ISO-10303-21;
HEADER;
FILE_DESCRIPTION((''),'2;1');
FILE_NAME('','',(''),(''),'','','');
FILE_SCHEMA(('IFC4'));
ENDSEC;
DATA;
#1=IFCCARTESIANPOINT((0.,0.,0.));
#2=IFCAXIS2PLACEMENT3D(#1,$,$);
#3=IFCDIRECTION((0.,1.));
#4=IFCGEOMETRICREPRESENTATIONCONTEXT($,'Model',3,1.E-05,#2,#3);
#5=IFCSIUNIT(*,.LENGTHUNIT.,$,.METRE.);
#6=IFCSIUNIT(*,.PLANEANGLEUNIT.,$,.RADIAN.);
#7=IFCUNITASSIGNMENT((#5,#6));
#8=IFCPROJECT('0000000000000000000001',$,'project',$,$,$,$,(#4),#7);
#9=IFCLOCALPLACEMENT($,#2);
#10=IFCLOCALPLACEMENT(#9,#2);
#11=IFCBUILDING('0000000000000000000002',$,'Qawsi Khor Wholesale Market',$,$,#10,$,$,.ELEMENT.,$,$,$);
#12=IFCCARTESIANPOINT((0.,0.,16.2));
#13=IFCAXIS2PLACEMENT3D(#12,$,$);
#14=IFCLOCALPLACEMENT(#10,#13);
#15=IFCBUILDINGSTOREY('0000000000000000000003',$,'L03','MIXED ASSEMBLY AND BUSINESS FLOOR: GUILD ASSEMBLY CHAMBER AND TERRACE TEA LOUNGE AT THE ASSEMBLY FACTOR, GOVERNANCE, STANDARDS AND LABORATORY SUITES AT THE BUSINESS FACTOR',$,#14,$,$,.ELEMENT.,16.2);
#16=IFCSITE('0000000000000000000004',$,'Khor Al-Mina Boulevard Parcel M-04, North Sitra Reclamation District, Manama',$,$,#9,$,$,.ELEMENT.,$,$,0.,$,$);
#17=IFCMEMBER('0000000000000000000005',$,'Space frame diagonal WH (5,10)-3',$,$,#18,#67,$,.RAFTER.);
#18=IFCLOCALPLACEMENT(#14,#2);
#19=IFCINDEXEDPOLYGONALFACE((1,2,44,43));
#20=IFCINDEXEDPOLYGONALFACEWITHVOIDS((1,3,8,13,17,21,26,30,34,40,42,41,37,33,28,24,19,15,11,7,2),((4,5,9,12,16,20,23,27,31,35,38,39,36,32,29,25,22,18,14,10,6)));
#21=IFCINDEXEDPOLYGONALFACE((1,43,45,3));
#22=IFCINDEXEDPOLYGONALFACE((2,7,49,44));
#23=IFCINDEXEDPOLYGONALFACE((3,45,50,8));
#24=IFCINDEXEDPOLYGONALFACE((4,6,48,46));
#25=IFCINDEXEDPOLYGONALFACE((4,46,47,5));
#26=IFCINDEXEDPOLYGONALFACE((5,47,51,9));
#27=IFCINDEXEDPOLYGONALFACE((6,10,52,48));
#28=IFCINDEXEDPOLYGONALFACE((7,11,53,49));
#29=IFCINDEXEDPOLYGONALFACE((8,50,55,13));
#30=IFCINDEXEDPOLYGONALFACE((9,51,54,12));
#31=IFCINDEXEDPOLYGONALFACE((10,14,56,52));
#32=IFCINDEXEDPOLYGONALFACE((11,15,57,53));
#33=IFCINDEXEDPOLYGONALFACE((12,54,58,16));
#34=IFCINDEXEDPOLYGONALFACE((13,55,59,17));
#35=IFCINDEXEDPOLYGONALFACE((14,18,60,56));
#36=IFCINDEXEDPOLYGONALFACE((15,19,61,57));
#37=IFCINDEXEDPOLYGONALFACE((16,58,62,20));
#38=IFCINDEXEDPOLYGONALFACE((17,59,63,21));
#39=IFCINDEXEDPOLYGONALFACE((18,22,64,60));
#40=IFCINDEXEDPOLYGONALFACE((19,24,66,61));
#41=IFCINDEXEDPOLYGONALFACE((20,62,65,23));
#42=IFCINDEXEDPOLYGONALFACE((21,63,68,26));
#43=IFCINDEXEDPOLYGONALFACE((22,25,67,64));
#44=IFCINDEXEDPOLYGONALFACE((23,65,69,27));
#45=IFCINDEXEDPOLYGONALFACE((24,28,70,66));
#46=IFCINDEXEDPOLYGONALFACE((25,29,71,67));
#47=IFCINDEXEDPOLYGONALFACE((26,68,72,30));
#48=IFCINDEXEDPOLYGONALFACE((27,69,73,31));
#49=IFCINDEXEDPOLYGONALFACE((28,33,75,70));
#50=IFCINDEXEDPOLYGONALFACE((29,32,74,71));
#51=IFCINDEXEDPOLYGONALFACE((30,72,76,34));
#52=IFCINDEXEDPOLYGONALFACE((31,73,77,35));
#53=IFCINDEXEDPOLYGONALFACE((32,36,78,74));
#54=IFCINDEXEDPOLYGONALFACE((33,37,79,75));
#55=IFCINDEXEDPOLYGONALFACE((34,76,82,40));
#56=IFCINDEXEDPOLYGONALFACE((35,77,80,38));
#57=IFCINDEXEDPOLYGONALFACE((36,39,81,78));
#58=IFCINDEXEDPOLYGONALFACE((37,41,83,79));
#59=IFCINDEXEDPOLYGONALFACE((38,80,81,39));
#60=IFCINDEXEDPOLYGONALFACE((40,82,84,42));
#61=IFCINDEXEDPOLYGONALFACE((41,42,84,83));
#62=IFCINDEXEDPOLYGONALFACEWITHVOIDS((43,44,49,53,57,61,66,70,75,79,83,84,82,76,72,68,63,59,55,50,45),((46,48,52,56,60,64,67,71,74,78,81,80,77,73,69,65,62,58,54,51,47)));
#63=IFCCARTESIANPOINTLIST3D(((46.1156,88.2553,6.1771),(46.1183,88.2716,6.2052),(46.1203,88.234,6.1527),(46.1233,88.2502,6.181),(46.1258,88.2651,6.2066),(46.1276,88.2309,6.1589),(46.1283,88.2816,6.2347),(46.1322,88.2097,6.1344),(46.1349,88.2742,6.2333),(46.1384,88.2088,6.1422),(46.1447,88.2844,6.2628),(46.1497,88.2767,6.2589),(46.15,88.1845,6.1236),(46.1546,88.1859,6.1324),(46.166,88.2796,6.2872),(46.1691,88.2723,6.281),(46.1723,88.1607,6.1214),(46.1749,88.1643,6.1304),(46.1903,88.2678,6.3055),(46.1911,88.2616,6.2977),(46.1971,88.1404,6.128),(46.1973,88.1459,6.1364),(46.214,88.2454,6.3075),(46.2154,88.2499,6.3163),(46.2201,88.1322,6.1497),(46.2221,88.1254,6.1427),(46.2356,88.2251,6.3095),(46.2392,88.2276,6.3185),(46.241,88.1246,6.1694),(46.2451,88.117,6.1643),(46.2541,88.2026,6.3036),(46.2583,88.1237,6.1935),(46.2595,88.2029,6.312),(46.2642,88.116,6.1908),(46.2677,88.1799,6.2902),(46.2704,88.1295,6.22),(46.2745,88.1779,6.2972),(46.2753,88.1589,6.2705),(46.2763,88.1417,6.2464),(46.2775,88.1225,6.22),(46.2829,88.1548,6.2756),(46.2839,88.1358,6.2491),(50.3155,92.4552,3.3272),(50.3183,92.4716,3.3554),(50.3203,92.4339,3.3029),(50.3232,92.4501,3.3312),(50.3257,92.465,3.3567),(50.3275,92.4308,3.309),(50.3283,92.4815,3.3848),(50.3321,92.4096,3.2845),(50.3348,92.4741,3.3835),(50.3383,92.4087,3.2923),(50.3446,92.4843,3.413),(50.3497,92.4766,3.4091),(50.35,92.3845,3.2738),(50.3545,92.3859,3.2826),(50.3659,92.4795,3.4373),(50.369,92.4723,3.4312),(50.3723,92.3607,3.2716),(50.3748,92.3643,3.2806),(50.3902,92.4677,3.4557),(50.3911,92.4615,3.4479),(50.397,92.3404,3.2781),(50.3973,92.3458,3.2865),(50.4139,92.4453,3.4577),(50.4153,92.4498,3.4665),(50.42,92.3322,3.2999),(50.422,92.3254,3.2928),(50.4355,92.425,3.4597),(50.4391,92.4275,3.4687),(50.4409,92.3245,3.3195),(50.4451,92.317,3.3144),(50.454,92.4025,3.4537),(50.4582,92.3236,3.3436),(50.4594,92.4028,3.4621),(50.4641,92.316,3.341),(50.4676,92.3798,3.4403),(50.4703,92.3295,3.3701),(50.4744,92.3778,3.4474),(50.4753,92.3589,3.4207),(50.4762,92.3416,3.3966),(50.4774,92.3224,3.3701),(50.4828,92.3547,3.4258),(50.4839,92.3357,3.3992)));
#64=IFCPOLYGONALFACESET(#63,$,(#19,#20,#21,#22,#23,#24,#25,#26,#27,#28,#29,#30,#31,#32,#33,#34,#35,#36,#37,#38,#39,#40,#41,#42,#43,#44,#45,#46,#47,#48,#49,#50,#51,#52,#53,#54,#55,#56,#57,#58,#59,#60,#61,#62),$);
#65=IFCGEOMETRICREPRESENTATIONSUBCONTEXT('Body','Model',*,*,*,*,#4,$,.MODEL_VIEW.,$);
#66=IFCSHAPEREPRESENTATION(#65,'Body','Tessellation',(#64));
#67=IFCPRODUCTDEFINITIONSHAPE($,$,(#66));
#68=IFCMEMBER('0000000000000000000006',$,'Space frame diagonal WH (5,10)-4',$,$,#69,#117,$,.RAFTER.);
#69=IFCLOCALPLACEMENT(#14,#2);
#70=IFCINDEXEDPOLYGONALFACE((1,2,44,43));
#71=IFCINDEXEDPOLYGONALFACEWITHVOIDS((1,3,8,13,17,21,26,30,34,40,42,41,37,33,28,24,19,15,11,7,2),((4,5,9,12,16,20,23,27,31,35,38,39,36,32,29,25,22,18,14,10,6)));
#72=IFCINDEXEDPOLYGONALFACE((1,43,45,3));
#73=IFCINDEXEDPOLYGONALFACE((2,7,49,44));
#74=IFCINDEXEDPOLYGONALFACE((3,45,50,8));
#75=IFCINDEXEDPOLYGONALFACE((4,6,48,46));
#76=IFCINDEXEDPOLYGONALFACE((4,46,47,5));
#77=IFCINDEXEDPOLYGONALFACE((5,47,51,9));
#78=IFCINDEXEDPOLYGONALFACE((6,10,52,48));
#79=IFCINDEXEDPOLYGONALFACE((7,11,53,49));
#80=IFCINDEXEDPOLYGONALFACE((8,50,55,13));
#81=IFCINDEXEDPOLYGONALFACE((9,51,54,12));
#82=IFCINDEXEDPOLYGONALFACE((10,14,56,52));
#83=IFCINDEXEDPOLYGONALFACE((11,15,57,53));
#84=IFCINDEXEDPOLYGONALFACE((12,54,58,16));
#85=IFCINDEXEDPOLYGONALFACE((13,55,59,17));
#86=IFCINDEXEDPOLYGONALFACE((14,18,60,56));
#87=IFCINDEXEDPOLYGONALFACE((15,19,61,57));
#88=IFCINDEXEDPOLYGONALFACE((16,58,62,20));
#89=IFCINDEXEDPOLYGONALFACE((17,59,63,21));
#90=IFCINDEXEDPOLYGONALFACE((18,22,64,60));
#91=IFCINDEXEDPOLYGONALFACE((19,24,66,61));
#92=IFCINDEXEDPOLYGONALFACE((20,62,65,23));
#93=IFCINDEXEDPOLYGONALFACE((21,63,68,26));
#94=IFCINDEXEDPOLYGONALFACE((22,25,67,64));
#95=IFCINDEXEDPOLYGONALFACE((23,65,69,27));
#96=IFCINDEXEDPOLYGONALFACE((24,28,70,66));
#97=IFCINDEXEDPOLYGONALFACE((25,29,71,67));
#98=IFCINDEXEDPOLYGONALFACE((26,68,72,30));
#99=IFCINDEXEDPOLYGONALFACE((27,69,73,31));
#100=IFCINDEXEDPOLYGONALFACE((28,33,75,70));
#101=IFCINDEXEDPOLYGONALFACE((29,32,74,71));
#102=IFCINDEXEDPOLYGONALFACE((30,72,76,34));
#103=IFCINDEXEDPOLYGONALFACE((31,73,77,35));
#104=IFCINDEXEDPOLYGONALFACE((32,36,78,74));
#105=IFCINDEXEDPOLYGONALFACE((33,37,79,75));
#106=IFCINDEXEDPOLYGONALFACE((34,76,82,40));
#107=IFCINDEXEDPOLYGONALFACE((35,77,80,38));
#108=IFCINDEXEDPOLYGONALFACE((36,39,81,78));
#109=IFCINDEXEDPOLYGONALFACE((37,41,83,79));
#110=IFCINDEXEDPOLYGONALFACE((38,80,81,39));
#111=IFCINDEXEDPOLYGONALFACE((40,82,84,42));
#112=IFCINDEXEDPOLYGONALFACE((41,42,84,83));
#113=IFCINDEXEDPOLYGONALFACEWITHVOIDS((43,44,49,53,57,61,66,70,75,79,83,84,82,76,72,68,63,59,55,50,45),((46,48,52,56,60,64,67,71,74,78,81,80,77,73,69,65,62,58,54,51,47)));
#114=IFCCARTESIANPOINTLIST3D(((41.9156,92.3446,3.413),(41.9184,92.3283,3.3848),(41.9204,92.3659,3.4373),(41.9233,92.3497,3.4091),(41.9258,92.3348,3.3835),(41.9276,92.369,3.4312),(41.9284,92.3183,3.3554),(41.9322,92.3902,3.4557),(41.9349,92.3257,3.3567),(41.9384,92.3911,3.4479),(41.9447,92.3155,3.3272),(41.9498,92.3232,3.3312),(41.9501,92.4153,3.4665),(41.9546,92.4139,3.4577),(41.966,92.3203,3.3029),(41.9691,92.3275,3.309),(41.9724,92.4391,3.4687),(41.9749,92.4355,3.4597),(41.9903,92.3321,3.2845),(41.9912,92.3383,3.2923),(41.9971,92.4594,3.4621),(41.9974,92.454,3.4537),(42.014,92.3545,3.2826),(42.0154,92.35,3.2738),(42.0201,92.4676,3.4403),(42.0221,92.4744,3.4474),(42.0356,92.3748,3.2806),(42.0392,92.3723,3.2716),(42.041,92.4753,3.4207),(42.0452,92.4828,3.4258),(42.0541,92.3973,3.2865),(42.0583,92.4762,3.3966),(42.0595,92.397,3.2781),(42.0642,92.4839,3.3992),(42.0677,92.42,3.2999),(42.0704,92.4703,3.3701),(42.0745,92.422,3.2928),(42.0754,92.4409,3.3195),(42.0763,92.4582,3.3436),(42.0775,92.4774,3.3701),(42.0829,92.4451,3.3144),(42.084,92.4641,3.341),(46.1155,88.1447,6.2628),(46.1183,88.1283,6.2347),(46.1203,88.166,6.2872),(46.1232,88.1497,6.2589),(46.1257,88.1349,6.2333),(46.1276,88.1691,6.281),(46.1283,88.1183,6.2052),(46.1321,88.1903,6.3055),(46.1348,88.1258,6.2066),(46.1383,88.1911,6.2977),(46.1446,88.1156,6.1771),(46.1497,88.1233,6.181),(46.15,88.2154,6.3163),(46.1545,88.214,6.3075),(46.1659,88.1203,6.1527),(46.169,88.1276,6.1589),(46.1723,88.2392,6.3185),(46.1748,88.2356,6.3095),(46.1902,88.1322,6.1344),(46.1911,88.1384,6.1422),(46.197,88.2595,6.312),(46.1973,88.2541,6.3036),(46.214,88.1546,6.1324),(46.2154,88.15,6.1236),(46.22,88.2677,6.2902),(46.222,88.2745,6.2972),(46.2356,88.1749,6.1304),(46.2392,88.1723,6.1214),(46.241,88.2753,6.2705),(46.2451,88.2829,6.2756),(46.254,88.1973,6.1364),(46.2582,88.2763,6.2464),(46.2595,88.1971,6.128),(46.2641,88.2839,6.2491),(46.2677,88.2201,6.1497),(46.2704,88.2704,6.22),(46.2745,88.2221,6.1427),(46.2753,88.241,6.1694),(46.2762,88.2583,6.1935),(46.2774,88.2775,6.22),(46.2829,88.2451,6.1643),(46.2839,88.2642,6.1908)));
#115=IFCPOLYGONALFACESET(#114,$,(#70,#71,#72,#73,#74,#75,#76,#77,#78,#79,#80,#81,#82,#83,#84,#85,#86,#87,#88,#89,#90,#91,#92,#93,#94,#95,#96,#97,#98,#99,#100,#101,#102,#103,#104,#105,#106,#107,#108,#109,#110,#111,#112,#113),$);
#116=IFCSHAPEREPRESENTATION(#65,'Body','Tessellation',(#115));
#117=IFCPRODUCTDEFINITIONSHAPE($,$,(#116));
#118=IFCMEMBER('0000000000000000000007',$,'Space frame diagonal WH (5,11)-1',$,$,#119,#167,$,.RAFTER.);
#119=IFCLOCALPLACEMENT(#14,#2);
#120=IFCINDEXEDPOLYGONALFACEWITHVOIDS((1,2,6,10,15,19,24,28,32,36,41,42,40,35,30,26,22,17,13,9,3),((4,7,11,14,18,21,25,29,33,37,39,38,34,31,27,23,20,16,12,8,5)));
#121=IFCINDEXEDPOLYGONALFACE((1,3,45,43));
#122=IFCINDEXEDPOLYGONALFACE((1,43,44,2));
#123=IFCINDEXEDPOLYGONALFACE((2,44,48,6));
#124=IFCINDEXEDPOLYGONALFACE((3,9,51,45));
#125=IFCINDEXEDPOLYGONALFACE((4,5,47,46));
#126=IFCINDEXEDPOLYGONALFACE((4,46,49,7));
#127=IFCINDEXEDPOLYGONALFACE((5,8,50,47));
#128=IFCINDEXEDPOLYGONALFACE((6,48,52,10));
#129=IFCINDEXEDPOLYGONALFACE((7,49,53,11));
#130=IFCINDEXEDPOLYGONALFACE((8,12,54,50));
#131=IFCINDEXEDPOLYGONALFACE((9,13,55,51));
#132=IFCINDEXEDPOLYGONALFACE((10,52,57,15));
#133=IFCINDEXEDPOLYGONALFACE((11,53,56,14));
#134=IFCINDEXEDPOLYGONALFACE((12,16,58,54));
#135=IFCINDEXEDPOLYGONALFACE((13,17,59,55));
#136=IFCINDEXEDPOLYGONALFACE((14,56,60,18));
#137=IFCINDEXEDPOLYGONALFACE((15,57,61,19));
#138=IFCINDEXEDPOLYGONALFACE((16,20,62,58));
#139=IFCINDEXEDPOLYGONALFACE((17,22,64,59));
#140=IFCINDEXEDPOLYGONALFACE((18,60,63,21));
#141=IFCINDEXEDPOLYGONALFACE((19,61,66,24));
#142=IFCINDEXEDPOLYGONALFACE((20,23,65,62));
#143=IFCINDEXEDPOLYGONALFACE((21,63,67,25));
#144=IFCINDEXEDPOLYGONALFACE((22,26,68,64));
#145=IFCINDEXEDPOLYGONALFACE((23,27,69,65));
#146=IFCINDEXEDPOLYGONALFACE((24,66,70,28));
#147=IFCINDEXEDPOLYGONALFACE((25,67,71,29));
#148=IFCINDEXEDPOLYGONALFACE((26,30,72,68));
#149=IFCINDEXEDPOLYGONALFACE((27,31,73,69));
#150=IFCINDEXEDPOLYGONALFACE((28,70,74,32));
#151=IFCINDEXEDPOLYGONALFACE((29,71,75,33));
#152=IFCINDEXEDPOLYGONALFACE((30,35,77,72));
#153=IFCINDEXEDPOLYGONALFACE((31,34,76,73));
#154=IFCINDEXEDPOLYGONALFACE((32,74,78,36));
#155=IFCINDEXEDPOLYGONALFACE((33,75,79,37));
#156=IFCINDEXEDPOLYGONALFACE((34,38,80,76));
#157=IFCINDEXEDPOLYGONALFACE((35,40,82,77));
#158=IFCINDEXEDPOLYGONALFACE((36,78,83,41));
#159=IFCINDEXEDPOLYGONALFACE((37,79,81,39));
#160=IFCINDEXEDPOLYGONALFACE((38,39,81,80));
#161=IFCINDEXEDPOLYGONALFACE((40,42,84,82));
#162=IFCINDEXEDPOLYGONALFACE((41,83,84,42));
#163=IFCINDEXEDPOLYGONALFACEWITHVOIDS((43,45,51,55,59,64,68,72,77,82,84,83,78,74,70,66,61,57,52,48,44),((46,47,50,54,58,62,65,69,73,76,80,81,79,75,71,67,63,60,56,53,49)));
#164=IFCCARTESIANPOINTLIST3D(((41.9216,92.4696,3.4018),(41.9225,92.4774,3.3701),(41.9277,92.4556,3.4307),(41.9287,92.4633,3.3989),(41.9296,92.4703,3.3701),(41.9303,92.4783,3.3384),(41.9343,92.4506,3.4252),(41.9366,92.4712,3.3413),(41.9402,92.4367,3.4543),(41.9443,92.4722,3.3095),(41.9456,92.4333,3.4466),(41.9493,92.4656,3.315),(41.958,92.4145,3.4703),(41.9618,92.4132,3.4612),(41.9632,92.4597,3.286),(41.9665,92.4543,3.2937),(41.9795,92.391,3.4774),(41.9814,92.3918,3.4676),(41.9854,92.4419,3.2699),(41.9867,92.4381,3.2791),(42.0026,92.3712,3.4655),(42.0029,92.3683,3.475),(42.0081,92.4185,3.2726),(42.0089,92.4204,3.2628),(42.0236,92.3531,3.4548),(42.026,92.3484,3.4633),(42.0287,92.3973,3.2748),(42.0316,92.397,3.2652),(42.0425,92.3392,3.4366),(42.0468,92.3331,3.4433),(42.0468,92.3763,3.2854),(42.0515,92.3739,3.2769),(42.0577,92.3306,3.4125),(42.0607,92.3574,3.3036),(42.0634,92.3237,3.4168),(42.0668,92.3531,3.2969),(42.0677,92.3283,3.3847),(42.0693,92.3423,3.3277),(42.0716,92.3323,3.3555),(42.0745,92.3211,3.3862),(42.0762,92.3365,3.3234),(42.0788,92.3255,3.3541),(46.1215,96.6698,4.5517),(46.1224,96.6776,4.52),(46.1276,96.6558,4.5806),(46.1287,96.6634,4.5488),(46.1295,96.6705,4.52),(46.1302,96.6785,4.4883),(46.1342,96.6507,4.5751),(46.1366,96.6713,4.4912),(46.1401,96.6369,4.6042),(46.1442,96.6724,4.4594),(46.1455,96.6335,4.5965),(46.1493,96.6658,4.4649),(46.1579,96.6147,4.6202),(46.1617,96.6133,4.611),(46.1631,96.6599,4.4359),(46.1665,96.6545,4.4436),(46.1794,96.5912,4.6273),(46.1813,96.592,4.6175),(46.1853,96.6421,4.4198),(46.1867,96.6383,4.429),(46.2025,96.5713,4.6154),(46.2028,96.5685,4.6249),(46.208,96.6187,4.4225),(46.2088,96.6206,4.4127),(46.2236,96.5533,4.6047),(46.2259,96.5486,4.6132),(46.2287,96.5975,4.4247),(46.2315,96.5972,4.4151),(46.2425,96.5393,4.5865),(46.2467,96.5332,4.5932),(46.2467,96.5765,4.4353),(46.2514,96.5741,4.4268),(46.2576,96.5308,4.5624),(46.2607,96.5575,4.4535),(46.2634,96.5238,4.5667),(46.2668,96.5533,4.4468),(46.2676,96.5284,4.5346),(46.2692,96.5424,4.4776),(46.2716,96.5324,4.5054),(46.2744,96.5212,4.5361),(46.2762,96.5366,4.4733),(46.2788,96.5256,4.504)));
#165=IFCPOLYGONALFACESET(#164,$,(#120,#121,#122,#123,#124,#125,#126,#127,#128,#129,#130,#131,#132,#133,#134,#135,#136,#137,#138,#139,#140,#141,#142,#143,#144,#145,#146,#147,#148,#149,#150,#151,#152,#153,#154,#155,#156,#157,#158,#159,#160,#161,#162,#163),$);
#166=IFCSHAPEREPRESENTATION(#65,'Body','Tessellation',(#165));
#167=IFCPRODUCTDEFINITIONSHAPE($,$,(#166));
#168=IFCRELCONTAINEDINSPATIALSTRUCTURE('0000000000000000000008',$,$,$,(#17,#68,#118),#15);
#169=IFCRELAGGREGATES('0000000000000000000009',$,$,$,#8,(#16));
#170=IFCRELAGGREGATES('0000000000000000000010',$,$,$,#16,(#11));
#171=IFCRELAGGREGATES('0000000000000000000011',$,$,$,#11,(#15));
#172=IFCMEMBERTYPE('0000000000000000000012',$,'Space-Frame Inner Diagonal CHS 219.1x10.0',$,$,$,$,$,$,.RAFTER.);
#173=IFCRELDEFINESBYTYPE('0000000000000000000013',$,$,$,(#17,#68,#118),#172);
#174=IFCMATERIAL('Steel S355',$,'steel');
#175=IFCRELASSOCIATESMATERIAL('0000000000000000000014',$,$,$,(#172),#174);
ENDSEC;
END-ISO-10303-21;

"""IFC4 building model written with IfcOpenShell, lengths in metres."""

from ifc_helpers import new_model, si_unit, direction, frame, origin, origin_2d, place, context, subcontext, project, spatial, hollow_circle, extrude, material, material_profile, profile_set, type_object, element, save


model = new_model("IFC4")

# Units and contexts
model_context = context("Model", 3, precision=1e-05, world=origin(), true_north=direction((0.0, 1.0)))
body_context = subcontext(model_context, "Body", "Model", "MODEL_VIEW")
ifc_project = project(units=[si_unit("LENGTHUNIT", "METRE"), si_unit("PLANEANGLEUNIT", "RADIAN")], contexts=[model_context])

# Site, building, storey
site_placement = place(None, origin())
site = spatial("IfcSite", under=ifc_project, at=site_placement, Name="Khor Al-Mina Boulevard Parcel M-04, North Sitra Reclamation District, Manama", CompositionType="ELEMENT", RefElevation=0.0)
building_placement = place(site_placement, origin())
building = spatial("IfcBuilding", under=site, at=building_placement, Name="Qawsi Khor Wholesale Market", CompositionType="ELEMENT")
storey_placement = place(building_placement, frame((0.0, 0.0, 16.2)))
storey = spatial("IfcBuildingStorey", under=building, at=storey_placement, Name="L03", Description="MIXED ASSEMBLY AND BUSINESS FLOOR: GUILD ASSEMBLY CHAMBER AND TERRACE TEA LOUNGE AT THE ASSEMBLY FACTOR, GOVERNANCE, STANDARDS AND LABORATORY SUITES AT THE BUSINESS FACTOR", CompositionType="ELEMENT", Elevation=16.2)

# Members
ifc_material_1 = material(Name="Steel S355", Category="steel")
ifc_material_profile_1 = material_profile(ifc_material_1, hollow_circle(Radius=0.1096, WallThickness=0.01, at=origin_2d()), Name="CHS 219.1x10.0")
ifc_profile_set_1 = profile_set([ifc_material_profile_1], Name="Steel S355")
member_type_1 = type_object("IfcMemberType", Name="Space-Frame Inner Diagonal CHS 219.1x10.0", PredefinedType="RAFTER", material=ifc_profile_set_1)
for number, where, z_axis, x_axis, name in (
    (1, (50.3999, 92.3999, 3.3701), (-0.637522, -0.637522, 0.432587), (0.707107, -0.707107, 0.0), "Space frame diagonal WH (5,10)-3"),
    (2, (42.0, 92.3999, 3.3701), (0.637522, -0.637522, 0.432587), (0.707107, 0.707107, 0.0), "Space frame diagonal WH (5,10)-4"),
):
    element("IfcMember", number, at=place(storey_placement, frame(where, z_axis=z_axis, x_axis=x_axis)), inside=storey, type_object=member_type_1, Name=name, PredefinedType="RAFTER", context=body_context, shape_type="SweptSolid", body=[
        extrude(hollow_circle(Radius=0.1096, WallThickness=0.01, at=origin_2d()), origin(), (0.0, 0.0, 1.0), 6.5879),
    ])
for number, where, z_axis, x_axis, name in (
    (3, (42.0, 92.3999, 3.3701), (0.694197, 0.694238, 0.190064), (-0.707127, 0.707086, 0.0), "Space frame diagonal WH (5,11)-1"),
):
    element("IfcMember", number, at=place(storey_placement, frame(where, z_axis=z_axis, x_axis=x_axis)), inside=storey, type_object=member_type_1, Name=name, PredefinedType="RAFTER", context=body_context, shape_type="SweptSolid", body=[
        extrude(hollow_circle(Radius=0.1096, WallThickness=0.01, at=origin_2d()), origin(), (0.0, 0.0, 1.0), 6.05),
    ])

save(model, "model.ifc")
